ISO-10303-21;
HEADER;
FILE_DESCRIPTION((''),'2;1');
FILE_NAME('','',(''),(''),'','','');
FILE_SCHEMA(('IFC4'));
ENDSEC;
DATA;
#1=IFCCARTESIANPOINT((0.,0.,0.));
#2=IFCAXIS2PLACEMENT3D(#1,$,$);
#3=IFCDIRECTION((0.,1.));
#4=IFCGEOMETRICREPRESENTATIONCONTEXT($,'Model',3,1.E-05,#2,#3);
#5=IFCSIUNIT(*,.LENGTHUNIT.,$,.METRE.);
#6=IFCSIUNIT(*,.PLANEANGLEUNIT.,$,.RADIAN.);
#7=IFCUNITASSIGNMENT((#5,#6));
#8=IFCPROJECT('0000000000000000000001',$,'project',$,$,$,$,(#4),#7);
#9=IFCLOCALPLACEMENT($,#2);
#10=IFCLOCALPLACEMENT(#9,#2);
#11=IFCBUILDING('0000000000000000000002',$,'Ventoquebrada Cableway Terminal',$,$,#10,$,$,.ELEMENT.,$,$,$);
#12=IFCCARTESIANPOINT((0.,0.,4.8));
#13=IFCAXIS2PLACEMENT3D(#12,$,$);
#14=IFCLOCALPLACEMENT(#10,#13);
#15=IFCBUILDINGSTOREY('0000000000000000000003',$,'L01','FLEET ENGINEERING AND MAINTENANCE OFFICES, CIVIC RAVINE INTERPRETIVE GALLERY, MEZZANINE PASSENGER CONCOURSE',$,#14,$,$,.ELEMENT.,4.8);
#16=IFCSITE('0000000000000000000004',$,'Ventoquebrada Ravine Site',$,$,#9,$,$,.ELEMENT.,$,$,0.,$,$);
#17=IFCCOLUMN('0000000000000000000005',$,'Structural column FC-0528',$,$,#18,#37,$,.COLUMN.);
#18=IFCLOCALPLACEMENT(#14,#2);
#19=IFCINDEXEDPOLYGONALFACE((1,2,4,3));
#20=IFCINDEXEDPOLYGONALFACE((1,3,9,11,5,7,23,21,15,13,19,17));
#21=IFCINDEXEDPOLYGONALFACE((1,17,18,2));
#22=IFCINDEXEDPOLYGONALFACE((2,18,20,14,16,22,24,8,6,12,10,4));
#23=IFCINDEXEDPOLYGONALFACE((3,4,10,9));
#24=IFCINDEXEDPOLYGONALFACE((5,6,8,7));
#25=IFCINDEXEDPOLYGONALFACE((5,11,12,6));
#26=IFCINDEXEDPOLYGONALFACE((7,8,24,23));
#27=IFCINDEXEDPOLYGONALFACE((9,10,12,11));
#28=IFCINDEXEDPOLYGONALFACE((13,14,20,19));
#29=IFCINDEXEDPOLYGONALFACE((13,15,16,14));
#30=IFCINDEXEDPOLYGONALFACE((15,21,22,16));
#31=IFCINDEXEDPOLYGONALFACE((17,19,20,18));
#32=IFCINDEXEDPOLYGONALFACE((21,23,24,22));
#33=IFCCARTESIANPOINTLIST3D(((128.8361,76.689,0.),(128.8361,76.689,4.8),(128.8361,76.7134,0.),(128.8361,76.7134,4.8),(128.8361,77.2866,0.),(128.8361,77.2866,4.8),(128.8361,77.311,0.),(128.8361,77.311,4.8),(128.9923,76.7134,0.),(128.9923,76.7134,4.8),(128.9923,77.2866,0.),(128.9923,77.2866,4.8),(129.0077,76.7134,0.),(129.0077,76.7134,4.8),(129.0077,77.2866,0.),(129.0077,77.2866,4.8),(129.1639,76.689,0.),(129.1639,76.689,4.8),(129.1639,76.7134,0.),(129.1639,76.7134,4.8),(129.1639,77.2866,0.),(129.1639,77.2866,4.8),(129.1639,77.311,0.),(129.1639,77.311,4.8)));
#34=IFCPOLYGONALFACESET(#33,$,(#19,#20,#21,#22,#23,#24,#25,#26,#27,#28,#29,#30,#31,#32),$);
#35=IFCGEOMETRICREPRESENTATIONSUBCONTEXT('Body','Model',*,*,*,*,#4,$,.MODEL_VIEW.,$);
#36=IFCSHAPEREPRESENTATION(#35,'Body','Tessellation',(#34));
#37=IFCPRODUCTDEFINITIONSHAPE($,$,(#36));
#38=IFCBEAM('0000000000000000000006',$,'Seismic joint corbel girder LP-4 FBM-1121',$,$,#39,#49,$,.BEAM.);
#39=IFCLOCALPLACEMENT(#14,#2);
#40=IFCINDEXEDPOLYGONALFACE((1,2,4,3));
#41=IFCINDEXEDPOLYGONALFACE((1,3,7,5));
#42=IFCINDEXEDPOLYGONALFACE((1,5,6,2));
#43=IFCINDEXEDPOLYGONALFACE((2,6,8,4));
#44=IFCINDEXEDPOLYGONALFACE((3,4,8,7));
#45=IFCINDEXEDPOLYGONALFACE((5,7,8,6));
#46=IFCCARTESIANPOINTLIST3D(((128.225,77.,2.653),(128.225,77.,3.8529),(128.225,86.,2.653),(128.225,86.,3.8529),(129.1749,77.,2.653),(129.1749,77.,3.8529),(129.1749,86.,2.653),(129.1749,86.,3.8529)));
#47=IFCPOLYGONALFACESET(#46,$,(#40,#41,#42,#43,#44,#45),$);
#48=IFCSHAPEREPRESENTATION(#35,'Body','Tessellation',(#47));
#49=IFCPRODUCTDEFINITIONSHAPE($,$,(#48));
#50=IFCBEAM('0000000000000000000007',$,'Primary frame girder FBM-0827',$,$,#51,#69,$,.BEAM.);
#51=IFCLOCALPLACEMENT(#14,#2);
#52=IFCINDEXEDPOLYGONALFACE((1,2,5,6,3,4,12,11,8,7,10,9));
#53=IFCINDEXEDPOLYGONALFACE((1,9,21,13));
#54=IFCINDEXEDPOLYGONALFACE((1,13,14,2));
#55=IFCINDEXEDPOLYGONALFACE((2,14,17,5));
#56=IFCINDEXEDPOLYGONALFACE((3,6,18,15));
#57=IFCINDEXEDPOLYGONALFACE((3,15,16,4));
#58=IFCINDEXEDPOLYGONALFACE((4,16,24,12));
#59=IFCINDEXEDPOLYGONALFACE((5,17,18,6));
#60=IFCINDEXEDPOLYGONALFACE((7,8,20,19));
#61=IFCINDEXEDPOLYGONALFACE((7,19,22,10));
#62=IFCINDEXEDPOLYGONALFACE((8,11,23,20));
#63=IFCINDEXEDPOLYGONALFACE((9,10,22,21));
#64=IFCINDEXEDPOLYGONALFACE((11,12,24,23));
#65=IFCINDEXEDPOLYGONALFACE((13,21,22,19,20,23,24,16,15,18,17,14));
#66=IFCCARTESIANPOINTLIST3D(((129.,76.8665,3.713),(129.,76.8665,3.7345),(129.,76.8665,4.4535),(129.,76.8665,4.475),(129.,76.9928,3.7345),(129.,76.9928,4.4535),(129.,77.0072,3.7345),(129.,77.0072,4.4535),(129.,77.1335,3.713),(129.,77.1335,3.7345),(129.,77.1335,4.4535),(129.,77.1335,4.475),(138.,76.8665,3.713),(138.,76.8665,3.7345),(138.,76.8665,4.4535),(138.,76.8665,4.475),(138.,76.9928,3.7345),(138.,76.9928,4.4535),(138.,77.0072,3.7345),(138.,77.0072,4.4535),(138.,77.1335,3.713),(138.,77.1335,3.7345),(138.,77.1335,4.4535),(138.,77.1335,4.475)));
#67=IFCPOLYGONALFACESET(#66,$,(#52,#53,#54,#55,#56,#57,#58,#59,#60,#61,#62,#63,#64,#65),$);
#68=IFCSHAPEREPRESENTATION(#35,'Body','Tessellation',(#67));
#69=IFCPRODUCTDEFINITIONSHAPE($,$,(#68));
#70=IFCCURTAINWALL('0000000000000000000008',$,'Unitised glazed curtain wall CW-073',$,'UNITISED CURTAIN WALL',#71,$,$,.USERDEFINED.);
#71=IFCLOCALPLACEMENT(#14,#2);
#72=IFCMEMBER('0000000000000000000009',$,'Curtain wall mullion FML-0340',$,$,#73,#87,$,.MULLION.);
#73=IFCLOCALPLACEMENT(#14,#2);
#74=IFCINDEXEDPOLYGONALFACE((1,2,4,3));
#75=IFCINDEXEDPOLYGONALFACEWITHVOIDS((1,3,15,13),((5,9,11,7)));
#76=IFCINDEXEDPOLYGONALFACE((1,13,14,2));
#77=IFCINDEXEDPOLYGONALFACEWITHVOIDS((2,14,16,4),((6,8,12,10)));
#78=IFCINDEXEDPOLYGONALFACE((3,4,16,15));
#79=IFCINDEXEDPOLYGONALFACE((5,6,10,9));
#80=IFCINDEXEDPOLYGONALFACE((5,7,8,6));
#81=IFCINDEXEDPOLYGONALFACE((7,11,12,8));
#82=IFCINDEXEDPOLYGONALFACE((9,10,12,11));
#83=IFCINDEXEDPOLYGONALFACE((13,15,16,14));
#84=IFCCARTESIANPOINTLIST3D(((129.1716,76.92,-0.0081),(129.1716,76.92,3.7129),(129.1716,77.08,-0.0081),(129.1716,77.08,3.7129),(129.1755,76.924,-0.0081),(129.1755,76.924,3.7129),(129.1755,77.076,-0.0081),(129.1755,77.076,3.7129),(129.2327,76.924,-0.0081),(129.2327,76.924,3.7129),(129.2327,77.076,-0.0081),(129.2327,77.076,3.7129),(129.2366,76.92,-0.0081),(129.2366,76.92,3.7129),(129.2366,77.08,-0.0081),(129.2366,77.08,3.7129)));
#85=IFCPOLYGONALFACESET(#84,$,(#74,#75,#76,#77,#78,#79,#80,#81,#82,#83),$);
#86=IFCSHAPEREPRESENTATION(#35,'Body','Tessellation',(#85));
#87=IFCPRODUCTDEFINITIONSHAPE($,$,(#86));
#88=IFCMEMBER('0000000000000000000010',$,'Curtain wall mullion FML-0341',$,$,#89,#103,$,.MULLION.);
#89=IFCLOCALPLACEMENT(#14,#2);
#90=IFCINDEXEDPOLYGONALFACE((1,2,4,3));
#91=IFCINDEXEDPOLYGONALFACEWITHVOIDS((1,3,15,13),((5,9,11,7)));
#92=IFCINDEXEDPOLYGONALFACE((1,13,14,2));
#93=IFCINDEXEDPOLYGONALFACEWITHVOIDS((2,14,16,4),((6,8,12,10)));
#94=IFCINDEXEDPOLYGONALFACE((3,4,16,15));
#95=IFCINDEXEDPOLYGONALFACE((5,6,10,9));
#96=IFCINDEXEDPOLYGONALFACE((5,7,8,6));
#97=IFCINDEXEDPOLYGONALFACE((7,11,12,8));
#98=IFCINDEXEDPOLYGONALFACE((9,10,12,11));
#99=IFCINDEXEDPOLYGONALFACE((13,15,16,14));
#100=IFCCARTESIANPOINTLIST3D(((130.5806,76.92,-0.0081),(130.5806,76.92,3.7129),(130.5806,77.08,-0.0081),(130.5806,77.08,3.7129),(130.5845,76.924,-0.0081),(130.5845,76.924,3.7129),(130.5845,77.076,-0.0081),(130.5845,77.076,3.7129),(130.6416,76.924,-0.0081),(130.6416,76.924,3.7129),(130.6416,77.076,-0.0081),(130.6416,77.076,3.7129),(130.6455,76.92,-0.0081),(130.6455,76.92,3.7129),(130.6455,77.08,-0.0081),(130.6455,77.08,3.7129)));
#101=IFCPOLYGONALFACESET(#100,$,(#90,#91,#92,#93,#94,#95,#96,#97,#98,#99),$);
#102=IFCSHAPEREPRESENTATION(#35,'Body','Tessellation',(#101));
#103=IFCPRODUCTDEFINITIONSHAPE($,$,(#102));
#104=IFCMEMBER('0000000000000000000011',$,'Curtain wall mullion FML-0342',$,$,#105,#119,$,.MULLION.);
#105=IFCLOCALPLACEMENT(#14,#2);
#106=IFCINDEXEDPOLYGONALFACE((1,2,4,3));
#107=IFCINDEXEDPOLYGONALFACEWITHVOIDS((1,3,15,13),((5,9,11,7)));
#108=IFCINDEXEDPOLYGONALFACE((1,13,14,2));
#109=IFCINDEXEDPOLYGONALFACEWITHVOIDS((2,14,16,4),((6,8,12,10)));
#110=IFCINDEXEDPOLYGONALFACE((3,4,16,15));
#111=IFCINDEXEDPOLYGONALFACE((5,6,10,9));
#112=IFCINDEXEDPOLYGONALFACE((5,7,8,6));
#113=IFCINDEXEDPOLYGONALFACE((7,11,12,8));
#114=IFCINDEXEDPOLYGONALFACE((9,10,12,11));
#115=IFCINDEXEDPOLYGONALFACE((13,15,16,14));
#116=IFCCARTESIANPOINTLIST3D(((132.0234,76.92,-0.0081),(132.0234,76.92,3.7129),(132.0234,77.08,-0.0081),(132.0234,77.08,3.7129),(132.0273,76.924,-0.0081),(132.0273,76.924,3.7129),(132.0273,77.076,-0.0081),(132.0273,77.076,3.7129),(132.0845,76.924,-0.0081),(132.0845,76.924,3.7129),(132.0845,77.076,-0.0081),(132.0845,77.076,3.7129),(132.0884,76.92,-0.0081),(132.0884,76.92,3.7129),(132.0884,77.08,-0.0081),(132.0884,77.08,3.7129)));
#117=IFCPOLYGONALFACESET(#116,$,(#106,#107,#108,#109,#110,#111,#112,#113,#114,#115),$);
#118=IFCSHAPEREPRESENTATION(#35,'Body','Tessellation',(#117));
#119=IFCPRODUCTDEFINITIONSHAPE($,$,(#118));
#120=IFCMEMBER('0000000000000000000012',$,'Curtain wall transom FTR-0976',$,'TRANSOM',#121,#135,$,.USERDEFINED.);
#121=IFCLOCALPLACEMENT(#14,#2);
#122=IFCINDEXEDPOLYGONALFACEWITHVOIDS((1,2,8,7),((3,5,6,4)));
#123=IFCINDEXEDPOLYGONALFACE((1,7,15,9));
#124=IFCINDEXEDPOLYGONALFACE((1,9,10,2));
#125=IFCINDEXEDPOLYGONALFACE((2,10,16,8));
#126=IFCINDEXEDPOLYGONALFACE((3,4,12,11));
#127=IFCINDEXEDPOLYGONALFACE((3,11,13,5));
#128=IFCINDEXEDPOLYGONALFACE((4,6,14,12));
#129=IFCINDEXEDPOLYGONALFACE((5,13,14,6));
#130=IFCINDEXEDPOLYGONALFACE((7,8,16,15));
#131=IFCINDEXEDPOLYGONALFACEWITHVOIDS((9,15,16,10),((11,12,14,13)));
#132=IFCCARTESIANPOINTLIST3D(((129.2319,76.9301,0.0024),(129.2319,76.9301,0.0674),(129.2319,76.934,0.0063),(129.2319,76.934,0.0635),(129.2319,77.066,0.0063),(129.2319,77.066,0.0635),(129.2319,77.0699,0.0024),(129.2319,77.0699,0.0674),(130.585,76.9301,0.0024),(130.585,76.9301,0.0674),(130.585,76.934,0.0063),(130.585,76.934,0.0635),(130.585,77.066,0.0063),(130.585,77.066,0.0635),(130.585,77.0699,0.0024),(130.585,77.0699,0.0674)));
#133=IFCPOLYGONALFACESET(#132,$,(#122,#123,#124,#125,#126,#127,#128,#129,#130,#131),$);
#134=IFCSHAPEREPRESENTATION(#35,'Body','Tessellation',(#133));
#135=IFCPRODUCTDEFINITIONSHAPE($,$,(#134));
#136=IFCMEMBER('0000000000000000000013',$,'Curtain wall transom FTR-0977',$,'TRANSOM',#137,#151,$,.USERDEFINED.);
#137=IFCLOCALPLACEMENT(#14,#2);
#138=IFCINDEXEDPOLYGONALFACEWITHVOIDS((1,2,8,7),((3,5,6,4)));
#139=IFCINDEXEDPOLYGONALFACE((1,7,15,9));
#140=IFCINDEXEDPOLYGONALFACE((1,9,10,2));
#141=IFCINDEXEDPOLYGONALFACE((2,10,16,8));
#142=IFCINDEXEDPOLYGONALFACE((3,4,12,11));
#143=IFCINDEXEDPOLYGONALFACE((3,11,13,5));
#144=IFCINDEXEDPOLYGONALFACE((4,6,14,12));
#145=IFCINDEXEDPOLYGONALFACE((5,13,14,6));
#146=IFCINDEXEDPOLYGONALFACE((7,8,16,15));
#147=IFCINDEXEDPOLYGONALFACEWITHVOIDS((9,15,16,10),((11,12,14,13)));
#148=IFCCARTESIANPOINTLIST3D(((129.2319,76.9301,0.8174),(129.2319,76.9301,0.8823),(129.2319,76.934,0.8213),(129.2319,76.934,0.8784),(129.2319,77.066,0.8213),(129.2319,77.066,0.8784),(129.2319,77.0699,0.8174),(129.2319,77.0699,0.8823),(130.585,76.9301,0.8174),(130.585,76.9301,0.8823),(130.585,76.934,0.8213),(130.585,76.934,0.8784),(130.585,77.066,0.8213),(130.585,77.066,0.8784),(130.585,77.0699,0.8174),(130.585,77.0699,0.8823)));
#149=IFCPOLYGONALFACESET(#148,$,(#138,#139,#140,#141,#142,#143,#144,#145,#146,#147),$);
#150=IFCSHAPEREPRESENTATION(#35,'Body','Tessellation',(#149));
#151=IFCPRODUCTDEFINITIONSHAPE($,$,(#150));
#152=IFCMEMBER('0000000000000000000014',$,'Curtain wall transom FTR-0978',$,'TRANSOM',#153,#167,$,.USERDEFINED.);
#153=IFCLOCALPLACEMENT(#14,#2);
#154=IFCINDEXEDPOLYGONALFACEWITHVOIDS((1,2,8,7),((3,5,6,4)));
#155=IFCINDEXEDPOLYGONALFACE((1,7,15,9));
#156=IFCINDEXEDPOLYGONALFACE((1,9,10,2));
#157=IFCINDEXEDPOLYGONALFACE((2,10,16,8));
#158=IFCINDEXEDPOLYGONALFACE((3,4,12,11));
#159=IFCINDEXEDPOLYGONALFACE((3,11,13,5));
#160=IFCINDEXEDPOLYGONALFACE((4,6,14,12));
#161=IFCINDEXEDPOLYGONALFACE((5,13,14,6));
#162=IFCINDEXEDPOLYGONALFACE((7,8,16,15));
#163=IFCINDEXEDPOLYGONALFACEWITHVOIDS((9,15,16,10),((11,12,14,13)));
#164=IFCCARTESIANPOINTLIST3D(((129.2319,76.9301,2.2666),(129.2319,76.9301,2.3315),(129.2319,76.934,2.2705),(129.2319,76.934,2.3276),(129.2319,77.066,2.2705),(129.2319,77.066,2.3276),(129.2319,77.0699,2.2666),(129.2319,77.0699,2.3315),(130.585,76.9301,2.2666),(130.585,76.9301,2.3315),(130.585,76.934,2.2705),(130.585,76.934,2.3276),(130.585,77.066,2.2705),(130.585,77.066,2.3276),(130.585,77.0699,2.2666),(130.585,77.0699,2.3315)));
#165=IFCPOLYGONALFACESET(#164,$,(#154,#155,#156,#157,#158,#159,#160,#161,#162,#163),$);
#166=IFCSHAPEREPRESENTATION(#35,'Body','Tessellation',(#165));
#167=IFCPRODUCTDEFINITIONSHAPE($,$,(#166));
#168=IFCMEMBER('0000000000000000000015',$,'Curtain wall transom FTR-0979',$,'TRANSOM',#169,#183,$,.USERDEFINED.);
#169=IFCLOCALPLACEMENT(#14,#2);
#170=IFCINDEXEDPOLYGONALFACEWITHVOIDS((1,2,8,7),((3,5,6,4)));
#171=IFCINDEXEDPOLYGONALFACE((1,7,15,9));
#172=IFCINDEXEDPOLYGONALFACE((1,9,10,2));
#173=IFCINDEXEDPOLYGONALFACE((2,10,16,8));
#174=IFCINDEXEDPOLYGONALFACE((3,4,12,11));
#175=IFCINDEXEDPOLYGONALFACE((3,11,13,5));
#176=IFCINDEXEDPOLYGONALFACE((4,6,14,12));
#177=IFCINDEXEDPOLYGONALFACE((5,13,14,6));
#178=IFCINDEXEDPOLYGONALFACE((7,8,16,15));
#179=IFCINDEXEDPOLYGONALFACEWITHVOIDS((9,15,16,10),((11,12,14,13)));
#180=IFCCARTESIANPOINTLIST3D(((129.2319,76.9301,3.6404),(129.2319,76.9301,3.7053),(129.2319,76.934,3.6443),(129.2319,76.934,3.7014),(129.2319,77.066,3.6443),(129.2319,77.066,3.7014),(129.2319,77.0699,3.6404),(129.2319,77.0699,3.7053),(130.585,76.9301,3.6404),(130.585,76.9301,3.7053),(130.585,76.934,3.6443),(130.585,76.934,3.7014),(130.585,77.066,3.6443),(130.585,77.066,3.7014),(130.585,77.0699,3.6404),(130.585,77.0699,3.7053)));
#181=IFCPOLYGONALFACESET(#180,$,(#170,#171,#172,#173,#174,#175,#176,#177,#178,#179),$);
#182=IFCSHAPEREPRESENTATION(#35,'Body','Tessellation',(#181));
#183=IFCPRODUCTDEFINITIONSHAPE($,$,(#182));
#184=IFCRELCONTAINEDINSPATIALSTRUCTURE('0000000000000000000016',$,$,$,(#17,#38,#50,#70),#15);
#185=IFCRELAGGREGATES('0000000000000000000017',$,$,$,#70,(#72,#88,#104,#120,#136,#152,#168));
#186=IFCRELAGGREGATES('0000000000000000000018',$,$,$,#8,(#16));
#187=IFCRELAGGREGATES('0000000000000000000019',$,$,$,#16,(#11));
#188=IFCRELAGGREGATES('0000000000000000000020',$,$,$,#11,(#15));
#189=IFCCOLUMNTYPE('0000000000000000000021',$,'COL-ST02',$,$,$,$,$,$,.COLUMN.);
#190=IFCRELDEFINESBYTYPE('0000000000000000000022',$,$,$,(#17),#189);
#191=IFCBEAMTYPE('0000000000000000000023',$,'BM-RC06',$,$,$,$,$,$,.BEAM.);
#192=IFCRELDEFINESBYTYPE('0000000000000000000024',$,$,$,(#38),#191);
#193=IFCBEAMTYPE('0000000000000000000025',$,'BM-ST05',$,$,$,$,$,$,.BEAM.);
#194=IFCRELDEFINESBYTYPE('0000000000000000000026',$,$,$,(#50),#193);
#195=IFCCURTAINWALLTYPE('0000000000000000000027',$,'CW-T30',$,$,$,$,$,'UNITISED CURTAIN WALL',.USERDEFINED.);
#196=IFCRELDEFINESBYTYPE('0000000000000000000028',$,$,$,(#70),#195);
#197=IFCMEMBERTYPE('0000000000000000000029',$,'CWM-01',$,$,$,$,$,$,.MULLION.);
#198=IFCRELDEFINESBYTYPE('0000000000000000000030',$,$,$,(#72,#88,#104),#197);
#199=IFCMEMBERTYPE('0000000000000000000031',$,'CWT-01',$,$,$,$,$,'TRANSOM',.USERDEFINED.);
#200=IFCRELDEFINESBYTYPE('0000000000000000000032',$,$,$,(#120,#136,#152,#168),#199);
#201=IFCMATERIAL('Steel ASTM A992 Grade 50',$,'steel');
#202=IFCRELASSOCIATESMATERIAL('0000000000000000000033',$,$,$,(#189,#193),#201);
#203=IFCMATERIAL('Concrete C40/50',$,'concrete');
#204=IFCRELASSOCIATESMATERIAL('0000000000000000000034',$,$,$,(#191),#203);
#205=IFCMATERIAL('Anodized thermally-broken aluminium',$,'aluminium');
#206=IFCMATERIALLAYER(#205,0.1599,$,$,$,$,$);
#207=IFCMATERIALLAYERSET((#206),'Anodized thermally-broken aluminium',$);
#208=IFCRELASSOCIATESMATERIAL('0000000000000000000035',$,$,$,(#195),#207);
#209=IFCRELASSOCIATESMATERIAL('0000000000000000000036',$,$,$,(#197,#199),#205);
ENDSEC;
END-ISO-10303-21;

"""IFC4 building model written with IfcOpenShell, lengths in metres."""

from ifc_helpers import new_model, si_unit, direction, frame, origin, origin_2d, place, context, subcontext, project, spatial, rectangle, hollow_rectangle, i_section, extrude, material, layer, layer_set, material_profile, profile_set, type_object, element, aggregate, save


model = new_model("IFC4")

# Units and contexts
model_context = context("Model", 3, precision=1e-05, world=origin(), true_north=direction((0.0, 1.0)))
body_context = subcontext(model_context, "Body", "Model", "MODEL_VIEW")
ifc_project = project(units=[si_unit("LENGTHUNIT", "METRE"), si_unit("PLANEANGLEUNIT", "RADIAN")], contexts=[model_context])

# Site, building, storey
site_placement = place(None, origin())
site = spatial("IfcSite", under=ifc_project, at=site_placement, Name="Ventoquebrada Ravine Site", CompositionType="ELEMENT", RefElevation=0.0)
building_placement = place(site_placement, origin())
building = spatial("IfcBuilding", under=site, at=building_placement, Name="Ventoquebrada Cableway Terminal", CompositionType="ELEMENT")
storey_placement = place(building_placement, frame((0.0, 0.0, 4.8)))
storey = spatial("IfcBuildingStorey", under=building, at=storey_placement, Name="L01", Description="FLEET ENGINEERING AND MAINTENANCE OFFICES, CIVIC RAVINE INTERPRETIVE GALLERY, MEZZANINE PASSENGER CONCOURSE", CompositionType="ELEMENT", Elevation=4.8)

# Column
ifc_material_1 = material(Name="Steel ASTM A992 Grade 50", Category="steel")
ifc_material_profile_1 = material_profile(ifc_material_1, i_section(OverallWidth=0.3279, OverallDepth=0.6221, WebThickness=0.0154, FlangeThickness=0.0244, at=origin_2d()), Name="W24X131")
ifc_profile_set_1 = profile_set([ifc_material_profile_1], Name="Steel ASTM A992 Grade 50")
column_type = type_object("IfcColumnType", Name="COL-ST02", PredefinedType="COLUMN", material=ifc_profile_set_1)
column_placement = place(storey_placement, frame((129.0, 77.0, 0.0), z_axis=(0.0, 0.0, 1.0), x_axis=(1.0, 0.0, 0.0)))
element("IfcColumn", 1, at=column_placement, inside=storey, type_object=column_type, Name="Structural column FC-0528", PredefinedType="COLUMN", context=body_context, shape_type="SweptSolid", body=[
    extrude(i_section(OverallWidth=0.3279, OverallDepth=0.6221, WebThickness=0.0154, FlangeThickness=0.0244, at=origin_2d()), origin(), (0.0, 0.0, 1.0), 4.8),
])

# Beams
ifc_material_2 = material(Name="Concrete C40/50", Category="concrete")
ifc_material_profile_2 = material_profile(ifc_material_2, rectangle(XDim=0.95, YDim=1.2, at=origin_2d()), Name="RC-BM-950X1200")
ifc_profile_set_2 = profile_set([ifc_material_profile_2], Name="Concrete C40/50")
beam_type_1 = type_object("IfcBeamType", Name="BM-RC06", PredefinedType="BEAM", material=ifc_profile_set_2)
beam_1_placement = place(storey_placement, frame((128.7, 77.0, 3.2529), z_axis=(0.0, 1.0, 0.0), x_axis=(-1.0, 0.0, 0.0)))
element("IfcBeam", 2, at=beam_1_placement, inside=storey, type_object=beam_type_1, Name="Seismic joint corbel girder LP-4 FBM-1121", PredefinedType="BEAM", context=body_context, shape_type="SweptSolid", body=[
    extrude(rectangle(XDim=0.95, YDim=1.2, at=origin_2d()), origin(), (0.0, 0.0, 1.0), 9.0),
])
ifc_material_profile_3 = material_profile(ifc_material_1, i_section(OverallWidth=0.2671, OverallDepth=0.762, WebThickness=0.0144, FlangeThickness=0.0215, at=origin_2d()), Name="W30X116")
ifc_profile_set_3 = profile_set([ifc_material_profile_3], Name="Steel ASTM A992 Grade 50")
beam_type_2 = type_object("IfcBeamType", Name="BM-ST05", PredefinedType="BEAM", material=ifc_profile_set_3)
beam_2_placement = place(storey_placement, frame((129.0, 77.0, 4.094), z_axis=(1.0, 0.0, 0.0), x_axis=(0.0, 1.0, 0.0)))
element("IfcBeam", 3, at=beam_2_placement, inside=storey, type_object=beam_type_2, Name="Primary frame girder FBM-0827", PredefinedType="BEAM", context=body_context, shape_type="SweptSolid", body=[
    extrude(i_section(OverallWidth=0.2671, OverallDepth=0.762, WebThickness=0.0144, FlangeThickness=0.0215, at=origin_2d()), origin(), (0.0, 0.0, 1.0), 9.0),
])

# Curtain wall, members
ifc_material_3 = material(Name="Anodized thermally-broken aluminium", Category="aluminium")
ifc_layer_1 = layer(ifc_material_3, 0.1599)
ifc_layer_set_1 = layer_set([ifc_layer_1], Name="Anodized thermally-broken aluminium")
curtain_wall_type = type_object("IfcCurtainWallType", Name="CW-T30", ElementType="UNITISED CURTAIN WALL", PredefinedType="USERDEFINED", material=ifc_layer_set_1)
curtain_wall_placement = place(storey_placement, origin())
curtain_wall = element("IfcCurtainWall", 4, at=curtain_wall_placement, inside=storey, type_object=curtain_wall_type, Name="Unitised glazed curtain wall CW-073", ObjectType="UNITISED CURTAIN WALL", PredefinedType="USERDEFINED")
ifc_material_profile_4 = material_profile(ifc_material_3, hollow_rectangle(XDim=0.0649, YDim=0.1599, WallThickness=0.0039, at=origin_2d()), Name="CW-MUL-65X160")
ifc_profile_set_4 = profile_set([ifc_material_profile_4], Name="Anodized thermally-broken aluminium")
member_type_1 = type_object("IfcMemberType", Name="CWM-01", PredefinedType="MULLION", material=ifc_profile_set_4)
member_1_placement = place(storey_placement, frame((129.2041, 77.0, -0.0081), z_axis=(0.0, 0.0, 1.0), x_axis=(1.0, 0.0, 0.0)))
member_1 = element("IfcMember", 5, at=member_1_placement, type_object=member_type_1, Name="Curtain wall mullion FML-0340", PredefinedType="MULLION", context=body_context, shape_type="SweptSolid", body=[
    extrude(hollow_rectangle(XDim=0.0649, YDim=0.1599, WallThickness=0.0039, at=origin_2d()), origin(), (0.0, 0.0, 1.0), 3.7209),
])
member_2_placement = place(storey_placement, frame((130.613, 77.0, -0.0081), z_axis=(0.0, 0.0, 1.0), x_axis=(1.0, 0.0, 0.0)))
member_2 = element("IfcMember", 6, at=member_2_placement, type_object=member_type_1, Name="Curtain wall mullion FML-0341", PredefinedType="MULLION", context=body_context, shape_type="SweptSolid", body=[
    extrude(hollow_rectangle(XDim=0.0649, YDim=0.1599, WallThickness=0.0039, at=origin_2d()), origin(), (0.0, 0.0, 1.0), 3.7209),
])
member_3_placement = place(storey_placement, frame((132.0559, 77.0, -0.0081), z_axis=(0.0, 0.0, 1.0), x_axis=(1.0, 0.0, 0.0)))
member_3 = element("IfcMember", 7, at=member_3_placement, type_object=member_type_1, Name="Curtain wall mullion FML-0342", PredefinedType="MULLION", context=body_context, shape_type="SweptSolid", body=[
    extrude(hollow_rectangle(XDim=0.0649, YDim=0.1599, WallThickness=0.0039, at=origin_2d()), origin(), (0.0, 0.0, 1.0), 3.7209),
])
ifc_material_profile_5 = material_profile(ifc_material_3, hollow_rectangle(XDim=0.0649, YDim=0.1399, WallThickness=0.0039, at=origin_2d()), Name="CW-TRN-65X140")
ifc_profile_set_5 = profile_set([ifc_material_profile_5], Name="Anodized thermally-broken aluminium")
member_type_2 = type_object("IfcMemberType", Name="CWT-01", ElementType="TRANSOM", PredefinedType="USERDEFINED", material=ifc_profile_set_5)
member_4_placement = place(storey_placement, frame((129.2319, 77.0, 0.0349), z_axis=(1.0, 0.0, 0.0), x_axis=(0.0, 0.0, 1.0)))
member_4 = element("IfcMember", 8, at=member_4_placement, type_object=member_type_2, Name="Curtain wall transom FTR-0976", ObjectType="TRANSOM", PredefinedType="USERDEFINED", context=body_context, shape_type="SweptSolid", body=[
    extrude(hollow_rectangle(XDim=0.0649, YDim=0.1399, WallThickness=0.0039, at=origin_2d()), origin(), (0.0, 0.0, 1.0), 1.353),
])
member_5_placement = place(storey_placement, frame((129.2319, 77.0, 0.8499), z_axis=(1.0, 0.0, 0.0), x_axis=(0.0, 0.0, 1.0)))
member_5 = element("IfcMember", 9, at=member_5_placement, type_object=member_type_2, Name="Curtain wall transom FTR-0977", ObjectType="TRANSOM", PredefinedType="USERDEFINED", context=body_context, shape_type="SweptSolid", body=[
    extrude(hollow_rectangle(XDim=0.0649, YDim=0.1399, WallThickness=0.0039, at=origin_2d()), origin(), (0.0, 0.0, 1.0), 1.353),
])
member_6_placement = place(storey_placement, frame((129.2319, 77.0, 2.2991), z_axis=(1.0, 0.0, 0.0), x_axis=(0.0, 0.0, 1.0)))
member_6 = element("IfcMember", 10, at=member_6_placement, type_object=member_type_2, Name="Curtain wall transom FTR-0978", ObjectType="TRANSOM", PredefinedType="USERDEFINED", context=body_context, shape_type="SweptSolid", body=[
    extrude(hollow_rectangle(XDim=0.0649, YDim=0.1399, WallThickness=0.0039, at=origin_2d()), origin(), (0.0, 0.0, 1.0), 1.353),
])
member_7_placement = place(storey_placement, frame((129.2319, 77.0, 3.6729), z_axis=(1.0, 0.0, 0.0), x_axis=(0.0, 0.0, 1.0)))
member_7 = element("IfcMember", 11, at=member_7_placement, type_object=member_type_2, Name="Curtain wall transom FTR-0979", ObjectType="TRANSOM", PredefinedType="USERDEFINED", context=body_context, shape_type="SweptSolid", body=[
    extrude(hollow_rectangle(XDim=0.0649, YDim=0.1399, WallThickness=0.0039, at=origin_2d()), origin(), (0.0, 0.0, 1.0), 1.353),
])

aggregate(curtain_wall, [member_1, member_2, member_3, member_4, member_5, member_6, member_7])

save(model, "model.ifc")
